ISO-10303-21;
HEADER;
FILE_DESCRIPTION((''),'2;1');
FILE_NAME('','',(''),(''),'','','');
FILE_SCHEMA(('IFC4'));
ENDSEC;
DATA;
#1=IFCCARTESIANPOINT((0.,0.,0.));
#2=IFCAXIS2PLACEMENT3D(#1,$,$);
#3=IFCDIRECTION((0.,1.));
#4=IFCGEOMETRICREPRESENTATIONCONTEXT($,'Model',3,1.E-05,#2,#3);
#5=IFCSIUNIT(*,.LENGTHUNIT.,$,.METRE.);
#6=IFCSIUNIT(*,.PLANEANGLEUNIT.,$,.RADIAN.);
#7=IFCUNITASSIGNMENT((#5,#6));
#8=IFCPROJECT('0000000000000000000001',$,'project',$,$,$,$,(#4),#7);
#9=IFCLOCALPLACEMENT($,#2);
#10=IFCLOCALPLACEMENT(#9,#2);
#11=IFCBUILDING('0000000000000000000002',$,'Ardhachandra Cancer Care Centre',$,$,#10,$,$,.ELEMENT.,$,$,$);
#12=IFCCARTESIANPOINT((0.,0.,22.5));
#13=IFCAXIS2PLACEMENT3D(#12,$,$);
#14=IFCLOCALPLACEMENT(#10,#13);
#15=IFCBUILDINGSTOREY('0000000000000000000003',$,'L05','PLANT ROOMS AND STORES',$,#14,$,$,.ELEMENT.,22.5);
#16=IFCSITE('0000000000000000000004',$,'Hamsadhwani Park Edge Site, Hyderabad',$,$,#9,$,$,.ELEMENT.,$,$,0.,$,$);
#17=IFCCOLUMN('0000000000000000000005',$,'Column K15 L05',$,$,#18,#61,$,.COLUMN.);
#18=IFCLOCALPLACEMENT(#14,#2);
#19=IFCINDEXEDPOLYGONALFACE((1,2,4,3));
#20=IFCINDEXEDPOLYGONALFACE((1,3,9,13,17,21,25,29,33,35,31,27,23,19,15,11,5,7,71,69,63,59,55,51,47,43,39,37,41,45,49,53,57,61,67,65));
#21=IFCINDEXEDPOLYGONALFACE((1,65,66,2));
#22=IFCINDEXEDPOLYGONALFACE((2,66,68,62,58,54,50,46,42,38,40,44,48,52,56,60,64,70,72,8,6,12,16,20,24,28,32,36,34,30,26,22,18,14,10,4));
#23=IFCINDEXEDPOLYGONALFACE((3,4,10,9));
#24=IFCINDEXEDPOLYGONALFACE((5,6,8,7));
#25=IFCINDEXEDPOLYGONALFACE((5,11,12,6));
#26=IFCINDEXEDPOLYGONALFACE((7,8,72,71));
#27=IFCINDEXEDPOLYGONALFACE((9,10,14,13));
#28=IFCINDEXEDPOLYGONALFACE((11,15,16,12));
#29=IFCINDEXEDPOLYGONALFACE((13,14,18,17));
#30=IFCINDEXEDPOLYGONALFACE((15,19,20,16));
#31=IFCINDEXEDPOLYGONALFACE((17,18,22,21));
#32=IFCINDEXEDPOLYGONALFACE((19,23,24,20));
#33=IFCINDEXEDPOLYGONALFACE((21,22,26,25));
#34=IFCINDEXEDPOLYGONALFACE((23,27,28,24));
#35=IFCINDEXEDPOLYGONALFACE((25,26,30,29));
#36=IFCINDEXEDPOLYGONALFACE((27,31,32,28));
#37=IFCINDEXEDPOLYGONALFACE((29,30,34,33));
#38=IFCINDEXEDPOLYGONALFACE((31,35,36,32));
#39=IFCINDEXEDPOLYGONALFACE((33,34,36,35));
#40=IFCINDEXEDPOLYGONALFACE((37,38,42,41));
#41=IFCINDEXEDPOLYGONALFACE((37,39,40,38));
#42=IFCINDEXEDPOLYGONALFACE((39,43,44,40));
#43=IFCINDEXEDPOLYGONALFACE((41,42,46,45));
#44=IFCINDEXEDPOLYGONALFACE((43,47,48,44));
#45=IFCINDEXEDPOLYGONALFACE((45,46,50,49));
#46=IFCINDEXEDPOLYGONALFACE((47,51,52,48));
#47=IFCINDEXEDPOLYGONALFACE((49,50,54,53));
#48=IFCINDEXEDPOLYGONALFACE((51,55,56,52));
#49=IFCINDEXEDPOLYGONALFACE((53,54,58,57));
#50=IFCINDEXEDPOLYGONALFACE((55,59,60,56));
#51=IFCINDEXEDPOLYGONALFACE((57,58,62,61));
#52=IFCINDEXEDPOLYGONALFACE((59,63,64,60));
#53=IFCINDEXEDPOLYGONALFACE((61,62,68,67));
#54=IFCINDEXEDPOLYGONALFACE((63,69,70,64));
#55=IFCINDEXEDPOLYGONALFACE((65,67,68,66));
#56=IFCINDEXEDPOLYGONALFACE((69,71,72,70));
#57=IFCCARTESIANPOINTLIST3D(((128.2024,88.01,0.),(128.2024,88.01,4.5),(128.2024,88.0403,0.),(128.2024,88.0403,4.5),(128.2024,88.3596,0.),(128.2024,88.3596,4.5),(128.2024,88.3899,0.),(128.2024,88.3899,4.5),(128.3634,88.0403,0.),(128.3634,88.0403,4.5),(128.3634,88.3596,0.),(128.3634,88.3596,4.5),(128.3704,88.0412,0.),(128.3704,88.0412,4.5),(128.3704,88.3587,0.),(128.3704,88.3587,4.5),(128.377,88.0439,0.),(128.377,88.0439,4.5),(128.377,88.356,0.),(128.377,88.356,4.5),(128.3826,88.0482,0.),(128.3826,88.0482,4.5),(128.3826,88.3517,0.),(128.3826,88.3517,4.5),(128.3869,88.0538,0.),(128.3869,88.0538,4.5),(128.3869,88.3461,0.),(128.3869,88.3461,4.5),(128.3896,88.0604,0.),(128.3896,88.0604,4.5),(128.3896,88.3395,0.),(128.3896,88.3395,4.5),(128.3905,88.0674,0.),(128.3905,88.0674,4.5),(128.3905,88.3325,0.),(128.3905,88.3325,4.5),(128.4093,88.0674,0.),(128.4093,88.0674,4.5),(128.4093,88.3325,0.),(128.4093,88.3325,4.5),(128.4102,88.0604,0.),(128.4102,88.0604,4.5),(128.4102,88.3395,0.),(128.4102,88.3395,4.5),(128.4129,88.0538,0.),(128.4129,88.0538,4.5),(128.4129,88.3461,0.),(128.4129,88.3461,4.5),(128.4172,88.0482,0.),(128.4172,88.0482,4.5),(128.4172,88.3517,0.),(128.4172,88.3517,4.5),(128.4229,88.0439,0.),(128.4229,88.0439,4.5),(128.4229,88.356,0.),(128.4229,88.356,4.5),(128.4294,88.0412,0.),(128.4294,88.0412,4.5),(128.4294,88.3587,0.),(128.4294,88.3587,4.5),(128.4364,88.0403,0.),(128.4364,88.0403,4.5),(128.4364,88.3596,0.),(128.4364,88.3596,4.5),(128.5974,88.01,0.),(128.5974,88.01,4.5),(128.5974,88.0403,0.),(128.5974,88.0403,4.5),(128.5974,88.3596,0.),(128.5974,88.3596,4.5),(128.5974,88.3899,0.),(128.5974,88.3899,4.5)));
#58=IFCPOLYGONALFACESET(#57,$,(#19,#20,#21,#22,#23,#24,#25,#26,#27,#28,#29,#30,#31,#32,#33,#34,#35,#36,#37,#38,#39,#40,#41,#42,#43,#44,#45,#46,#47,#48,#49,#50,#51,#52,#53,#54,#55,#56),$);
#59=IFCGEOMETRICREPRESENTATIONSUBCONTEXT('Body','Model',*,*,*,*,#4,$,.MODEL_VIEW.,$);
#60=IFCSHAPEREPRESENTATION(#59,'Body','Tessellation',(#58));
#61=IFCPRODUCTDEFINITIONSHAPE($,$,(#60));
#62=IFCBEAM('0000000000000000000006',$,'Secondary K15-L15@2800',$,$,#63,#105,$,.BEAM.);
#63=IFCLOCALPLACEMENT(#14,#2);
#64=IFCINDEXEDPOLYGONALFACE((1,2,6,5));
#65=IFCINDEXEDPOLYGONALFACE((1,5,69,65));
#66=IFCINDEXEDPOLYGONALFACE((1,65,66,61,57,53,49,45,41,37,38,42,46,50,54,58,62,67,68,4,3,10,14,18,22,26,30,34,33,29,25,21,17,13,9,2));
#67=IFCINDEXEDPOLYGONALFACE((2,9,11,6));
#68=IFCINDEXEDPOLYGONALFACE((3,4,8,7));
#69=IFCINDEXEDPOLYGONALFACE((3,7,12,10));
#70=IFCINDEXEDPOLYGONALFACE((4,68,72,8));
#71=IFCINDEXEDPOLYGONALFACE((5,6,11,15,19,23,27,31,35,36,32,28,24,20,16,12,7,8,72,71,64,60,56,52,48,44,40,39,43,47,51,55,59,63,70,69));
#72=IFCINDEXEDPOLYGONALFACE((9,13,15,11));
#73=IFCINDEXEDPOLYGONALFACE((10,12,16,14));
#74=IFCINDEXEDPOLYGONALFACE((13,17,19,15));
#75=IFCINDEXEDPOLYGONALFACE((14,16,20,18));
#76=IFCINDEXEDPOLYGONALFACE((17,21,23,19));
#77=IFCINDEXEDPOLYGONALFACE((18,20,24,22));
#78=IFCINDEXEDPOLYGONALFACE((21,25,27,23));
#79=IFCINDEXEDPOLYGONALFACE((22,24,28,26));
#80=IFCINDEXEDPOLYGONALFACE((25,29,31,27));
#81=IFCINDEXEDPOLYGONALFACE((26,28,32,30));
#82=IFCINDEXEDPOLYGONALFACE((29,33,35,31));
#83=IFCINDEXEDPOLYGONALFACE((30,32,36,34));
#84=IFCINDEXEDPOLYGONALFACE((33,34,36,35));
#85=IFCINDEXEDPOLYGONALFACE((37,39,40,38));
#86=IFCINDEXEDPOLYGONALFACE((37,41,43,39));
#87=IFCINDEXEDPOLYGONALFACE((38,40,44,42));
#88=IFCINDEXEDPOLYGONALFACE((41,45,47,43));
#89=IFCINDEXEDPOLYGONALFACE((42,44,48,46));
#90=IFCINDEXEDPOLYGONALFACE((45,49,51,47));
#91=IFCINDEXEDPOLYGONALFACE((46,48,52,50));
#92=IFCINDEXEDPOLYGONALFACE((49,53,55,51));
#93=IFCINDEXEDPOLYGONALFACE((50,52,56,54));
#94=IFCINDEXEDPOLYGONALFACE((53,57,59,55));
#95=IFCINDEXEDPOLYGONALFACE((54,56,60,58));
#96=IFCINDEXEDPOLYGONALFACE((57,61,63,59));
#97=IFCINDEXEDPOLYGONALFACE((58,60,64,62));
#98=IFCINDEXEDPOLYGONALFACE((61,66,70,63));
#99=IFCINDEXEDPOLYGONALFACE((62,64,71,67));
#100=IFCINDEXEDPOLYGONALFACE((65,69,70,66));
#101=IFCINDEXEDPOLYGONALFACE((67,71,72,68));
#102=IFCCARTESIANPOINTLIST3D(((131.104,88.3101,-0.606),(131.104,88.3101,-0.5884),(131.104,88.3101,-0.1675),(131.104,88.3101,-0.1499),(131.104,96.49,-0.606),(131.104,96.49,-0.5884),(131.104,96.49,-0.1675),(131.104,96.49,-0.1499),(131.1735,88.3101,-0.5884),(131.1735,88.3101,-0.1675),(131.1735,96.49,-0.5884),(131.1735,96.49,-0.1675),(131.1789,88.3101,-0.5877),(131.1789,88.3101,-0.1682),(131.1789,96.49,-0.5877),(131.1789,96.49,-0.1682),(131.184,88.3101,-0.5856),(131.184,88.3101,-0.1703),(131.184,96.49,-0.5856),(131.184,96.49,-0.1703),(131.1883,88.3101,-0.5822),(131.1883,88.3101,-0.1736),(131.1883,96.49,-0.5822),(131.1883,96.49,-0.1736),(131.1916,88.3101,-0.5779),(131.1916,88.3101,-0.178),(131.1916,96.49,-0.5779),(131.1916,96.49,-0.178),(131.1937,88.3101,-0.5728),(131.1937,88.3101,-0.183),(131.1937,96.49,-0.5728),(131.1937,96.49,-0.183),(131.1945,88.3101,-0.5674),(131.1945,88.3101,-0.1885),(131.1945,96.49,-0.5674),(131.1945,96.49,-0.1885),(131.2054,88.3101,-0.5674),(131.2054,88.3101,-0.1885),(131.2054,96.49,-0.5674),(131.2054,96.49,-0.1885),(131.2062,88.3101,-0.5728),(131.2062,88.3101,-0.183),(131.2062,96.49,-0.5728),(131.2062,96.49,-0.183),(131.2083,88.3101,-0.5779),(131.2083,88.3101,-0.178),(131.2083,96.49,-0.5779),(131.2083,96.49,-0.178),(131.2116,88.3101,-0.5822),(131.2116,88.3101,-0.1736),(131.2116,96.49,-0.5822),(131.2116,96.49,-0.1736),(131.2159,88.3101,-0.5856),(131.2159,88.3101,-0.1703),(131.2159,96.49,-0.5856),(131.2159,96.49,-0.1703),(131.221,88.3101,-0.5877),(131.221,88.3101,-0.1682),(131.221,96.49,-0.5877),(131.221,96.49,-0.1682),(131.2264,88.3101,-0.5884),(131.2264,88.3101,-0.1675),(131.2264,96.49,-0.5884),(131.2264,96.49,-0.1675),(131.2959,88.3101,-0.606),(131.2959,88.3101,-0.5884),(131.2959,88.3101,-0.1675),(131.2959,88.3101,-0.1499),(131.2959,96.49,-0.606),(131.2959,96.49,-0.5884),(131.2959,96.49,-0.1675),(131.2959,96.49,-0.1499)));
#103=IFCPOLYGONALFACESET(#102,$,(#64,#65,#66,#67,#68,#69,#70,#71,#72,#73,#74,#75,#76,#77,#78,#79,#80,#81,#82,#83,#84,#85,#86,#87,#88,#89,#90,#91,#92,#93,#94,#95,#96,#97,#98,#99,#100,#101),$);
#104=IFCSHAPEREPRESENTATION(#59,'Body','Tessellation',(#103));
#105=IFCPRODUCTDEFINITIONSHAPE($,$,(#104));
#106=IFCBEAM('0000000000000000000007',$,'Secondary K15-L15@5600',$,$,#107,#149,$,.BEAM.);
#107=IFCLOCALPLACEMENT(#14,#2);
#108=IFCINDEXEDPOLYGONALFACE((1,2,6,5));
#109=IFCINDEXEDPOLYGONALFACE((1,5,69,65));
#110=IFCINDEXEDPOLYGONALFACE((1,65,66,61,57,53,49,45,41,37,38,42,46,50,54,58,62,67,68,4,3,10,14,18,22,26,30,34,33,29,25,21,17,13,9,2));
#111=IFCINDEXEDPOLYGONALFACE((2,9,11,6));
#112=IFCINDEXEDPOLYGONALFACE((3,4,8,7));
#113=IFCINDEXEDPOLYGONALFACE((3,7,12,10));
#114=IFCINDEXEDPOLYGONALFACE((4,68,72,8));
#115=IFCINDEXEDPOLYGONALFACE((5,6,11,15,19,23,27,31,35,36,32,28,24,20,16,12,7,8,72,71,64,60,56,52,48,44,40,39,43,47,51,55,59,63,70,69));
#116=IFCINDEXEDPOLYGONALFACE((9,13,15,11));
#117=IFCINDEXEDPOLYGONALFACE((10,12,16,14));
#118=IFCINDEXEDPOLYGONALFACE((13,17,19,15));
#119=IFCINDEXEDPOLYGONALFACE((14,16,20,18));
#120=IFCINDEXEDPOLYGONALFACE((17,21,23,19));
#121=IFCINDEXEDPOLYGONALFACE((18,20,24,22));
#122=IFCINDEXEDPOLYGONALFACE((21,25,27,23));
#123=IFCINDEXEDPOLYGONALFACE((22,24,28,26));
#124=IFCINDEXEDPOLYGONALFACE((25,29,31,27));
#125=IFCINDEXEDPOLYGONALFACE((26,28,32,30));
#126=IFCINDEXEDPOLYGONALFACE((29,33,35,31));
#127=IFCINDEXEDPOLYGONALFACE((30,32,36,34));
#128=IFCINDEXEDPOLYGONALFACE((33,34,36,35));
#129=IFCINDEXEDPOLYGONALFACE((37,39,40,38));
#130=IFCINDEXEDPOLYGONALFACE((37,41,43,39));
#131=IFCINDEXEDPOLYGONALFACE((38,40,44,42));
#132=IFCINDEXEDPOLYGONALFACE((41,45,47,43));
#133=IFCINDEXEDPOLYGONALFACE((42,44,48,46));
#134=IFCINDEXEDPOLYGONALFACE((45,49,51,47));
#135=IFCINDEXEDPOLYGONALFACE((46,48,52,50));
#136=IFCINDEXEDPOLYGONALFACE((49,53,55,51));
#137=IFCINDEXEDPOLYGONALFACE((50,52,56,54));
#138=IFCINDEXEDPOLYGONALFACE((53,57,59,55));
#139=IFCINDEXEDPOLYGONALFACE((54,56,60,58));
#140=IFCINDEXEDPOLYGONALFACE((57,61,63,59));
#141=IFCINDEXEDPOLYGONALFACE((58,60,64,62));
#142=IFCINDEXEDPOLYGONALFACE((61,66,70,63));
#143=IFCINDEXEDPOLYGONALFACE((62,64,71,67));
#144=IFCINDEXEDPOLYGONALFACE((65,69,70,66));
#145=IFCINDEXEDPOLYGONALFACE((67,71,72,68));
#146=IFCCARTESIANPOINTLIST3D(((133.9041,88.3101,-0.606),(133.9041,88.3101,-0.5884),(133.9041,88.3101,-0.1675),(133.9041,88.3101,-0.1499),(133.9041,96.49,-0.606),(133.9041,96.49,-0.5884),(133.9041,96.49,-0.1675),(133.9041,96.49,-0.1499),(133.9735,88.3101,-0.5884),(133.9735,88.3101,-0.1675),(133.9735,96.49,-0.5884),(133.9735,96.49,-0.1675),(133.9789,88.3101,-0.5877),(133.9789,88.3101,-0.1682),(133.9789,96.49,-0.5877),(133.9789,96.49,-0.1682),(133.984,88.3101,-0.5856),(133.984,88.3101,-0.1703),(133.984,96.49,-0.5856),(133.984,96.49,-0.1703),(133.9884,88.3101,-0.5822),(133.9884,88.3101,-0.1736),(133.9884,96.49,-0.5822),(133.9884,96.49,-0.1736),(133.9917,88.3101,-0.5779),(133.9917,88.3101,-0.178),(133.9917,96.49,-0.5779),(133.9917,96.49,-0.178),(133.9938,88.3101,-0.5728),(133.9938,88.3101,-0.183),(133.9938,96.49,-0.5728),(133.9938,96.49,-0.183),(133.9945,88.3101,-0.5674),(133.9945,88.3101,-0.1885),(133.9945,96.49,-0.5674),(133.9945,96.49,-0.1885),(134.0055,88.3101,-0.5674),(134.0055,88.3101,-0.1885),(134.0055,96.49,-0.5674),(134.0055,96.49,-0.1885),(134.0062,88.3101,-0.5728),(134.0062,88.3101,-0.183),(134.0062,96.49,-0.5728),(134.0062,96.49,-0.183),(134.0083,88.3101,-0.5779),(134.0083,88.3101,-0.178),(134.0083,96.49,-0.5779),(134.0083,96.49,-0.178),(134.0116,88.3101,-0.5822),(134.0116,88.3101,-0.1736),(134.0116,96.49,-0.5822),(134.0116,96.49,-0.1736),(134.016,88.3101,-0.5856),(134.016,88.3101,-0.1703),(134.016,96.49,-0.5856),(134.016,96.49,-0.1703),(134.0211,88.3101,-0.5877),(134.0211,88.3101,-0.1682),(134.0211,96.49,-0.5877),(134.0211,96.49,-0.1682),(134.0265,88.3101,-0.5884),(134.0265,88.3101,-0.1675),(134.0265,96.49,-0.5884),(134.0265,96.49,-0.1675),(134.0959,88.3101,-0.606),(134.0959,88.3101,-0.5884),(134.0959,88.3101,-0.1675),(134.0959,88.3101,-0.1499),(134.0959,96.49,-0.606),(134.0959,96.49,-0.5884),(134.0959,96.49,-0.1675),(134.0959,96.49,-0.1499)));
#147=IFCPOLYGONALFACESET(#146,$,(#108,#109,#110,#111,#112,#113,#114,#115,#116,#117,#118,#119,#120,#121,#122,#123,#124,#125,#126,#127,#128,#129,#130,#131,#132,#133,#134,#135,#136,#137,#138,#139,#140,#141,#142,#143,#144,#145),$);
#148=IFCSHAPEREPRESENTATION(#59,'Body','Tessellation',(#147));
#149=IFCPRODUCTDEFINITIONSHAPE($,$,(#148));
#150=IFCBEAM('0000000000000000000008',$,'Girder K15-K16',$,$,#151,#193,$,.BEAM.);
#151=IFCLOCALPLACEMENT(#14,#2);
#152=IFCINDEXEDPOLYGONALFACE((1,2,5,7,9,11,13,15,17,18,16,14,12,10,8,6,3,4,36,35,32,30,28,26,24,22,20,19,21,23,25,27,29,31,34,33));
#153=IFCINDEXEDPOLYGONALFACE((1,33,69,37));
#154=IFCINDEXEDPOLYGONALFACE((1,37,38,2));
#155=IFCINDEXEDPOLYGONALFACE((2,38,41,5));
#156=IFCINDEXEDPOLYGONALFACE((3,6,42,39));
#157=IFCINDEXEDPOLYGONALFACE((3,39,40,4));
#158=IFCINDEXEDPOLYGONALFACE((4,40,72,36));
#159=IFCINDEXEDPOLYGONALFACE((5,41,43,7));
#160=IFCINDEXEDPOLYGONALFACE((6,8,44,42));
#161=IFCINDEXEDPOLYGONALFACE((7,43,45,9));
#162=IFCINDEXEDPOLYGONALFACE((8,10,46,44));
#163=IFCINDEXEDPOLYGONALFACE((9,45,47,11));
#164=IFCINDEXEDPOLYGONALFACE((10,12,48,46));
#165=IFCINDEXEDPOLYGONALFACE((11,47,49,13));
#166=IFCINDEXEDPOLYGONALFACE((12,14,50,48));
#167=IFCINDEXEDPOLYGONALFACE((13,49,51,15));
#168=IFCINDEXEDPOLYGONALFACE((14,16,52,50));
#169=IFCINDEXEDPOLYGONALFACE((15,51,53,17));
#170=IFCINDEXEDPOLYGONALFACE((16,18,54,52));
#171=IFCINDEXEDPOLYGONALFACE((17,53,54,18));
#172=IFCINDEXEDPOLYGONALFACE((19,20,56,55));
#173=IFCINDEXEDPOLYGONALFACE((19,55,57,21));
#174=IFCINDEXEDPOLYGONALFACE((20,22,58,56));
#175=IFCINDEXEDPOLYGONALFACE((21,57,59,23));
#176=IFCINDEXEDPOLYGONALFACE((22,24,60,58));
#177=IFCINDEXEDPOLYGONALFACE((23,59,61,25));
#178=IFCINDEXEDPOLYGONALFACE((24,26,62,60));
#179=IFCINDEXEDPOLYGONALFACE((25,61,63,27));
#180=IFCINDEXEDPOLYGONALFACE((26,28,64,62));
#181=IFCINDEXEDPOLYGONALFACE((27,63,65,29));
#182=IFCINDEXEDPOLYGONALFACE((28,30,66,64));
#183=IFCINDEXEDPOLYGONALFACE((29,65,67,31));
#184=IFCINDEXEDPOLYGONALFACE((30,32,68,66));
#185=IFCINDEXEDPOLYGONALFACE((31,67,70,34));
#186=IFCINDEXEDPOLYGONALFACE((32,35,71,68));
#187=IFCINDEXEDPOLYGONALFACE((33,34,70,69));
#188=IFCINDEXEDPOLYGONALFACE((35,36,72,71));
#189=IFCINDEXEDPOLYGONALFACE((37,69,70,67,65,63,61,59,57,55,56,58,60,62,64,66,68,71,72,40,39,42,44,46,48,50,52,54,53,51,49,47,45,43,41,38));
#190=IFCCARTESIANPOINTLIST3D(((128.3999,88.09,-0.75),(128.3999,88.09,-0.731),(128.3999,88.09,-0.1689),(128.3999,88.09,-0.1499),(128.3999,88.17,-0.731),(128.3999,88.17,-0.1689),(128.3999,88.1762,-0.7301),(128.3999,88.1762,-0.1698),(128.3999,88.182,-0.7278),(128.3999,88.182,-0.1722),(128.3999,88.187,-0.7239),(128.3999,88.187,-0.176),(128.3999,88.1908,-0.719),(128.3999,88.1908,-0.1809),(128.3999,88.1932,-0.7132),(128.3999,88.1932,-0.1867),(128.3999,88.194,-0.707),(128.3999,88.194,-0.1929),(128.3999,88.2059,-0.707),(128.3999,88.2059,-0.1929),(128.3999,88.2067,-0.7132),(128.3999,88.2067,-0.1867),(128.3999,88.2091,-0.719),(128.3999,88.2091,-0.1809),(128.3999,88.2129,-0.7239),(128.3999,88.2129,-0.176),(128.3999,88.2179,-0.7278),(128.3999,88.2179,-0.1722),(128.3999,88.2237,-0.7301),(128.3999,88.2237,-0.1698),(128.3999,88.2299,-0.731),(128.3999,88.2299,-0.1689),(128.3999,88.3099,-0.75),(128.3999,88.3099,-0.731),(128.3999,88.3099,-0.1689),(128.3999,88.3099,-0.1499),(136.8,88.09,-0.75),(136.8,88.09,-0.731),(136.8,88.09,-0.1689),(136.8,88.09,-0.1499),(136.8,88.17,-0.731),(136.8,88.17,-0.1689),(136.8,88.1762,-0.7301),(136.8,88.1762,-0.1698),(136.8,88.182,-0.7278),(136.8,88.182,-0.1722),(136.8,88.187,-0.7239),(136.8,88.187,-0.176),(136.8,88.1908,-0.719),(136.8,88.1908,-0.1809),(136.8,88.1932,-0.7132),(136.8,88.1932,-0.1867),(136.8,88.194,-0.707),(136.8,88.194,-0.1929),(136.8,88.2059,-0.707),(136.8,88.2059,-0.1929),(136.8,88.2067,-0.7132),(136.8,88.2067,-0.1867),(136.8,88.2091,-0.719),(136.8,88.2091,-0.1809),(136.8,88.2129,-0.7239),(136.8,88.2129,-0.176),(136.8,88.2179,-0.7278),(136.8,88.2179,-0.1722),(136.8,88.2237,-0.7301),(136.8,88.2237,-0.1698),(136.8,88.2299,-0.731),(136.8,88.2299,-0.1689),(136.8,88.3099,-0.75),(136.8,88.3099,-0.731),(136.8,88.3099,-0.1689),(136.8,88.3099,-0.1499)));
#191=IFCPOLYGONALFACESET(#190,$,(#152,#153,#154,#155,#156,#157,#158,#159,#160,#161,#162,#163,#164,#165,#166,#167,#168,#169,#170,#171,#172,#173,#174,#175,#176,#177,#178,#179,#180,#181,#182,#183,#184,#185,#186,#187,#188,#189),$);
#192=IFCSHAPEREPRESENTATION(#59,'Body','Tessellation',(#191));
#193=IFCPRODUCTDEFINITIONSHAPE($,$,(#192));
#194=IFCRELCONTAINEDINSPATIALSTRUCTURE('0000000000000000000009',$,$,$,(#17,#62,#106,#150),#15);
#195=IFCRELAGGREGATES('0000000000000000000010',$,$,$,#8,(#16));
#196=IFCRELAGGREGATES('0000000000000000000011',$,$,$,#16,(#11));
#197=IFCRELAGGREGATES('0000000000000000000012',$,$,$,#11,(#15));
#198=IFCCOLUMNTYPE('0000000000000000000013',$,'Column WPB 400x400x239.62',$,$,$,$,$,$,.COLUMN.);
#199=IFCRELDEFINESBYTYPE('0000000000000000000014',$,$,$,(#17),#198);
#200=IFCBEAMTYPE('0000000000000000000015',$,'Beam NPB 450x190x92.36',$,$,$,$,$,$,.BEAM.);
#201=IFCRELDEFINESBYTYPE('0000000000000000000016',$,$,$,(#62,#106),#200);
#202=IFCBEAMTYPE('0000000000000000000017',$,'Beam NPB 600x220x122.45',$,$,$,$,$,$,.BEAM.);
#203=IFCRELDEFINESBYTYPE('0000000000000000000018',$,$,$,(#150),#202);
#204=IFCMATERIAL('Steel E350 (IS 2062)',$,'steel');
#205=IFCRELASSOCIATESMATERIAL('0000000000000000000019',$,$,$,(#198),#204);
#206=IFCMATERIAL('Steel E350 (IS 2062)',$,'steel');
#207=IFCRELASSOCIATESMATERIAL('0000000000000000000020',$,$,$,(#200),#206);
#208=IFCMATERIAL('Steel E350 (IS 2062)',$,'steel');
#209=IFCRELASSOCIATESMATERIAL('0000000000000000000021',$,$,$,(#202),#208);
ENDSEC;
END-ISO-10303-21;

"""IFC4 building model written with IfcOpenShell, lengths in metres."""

from ifc_helpers import new_model, si_unit, direction, frame, origin, origin_2d, place, context, subcontext, project, spatial, i_section, extrude, material, material_profile, profile_set, type_object, element, save


model = new_model("IFC4")

# Units and contexts
model_context = context("Model", 3, precision=1e-05, world=origin(), true_north=direction((0.0, 1.0)))
body_context = subcontext(model_context, "Body", "Model", "MODEL_VIEW")
ifc_project = project(units=[si_unit("LENGTHUNIT", "METRE"), si_unit("PLANEANGLEUNIT", "RADIAN")], contexts=[model_context])

# Site, building, storey
site_placement = place(None, origin())
site = spatial("IfcSite", under=ifc_project, at=site_placement, Name="Hamsadhwani Park Edge Site, Hyderabad", CompositionType="ELEMENT", RefElevation=0.0)
building_placement = place(site_placement, origin())
building = spatial("IfcBuilding", under=site, at=building_placement, Name="Ardhachandra Cancer Care Centre", CompositionType="ELEMENT")
storey_placement = place(building_placement, frame((0.0, 0.0, 22.5)))
storey = spatial("IfcBuildingStorey", under=building, at=storey_placement, Name="L05", Description="PLANT ROOMS AND STORES", CompositionType="ELEMENT", Elevation=22.5)

# Column
ifc_material_1 = material(Name="Steel E350 (IS 2062)", Category="steel")
ifc_material_profile_1 = material_profile(ifc_material_1, i_section(OverallWidth=0.395, OverallDepth=0.3799, WebThickness=0.0188, FlangeThickness=0.0303, FilletRadius=0.0271, at=origin_2d()), Name="WPB 400x400x239.62")
ifc_profile_set_1 = profile_set([ifc_material_profile_1], Name="Steel E350 (IS 2062)")
column_type = type_object("IfcColumnType", Name="Column WPB 400x400x239.62", PredefinedType="COLUMN", material=ifc_profile_set_1)
column_placement = place(storey_placement, frame((128.3999, 88.2, 0.0), z_axis=(0.0, 0.0, 1.0), x_axis=(1.0, 0.0, 0.0)))
element("IfcColumn", 1, at=column_placement, inside=storey, type_object=column_type, Name="Column K15 L05", PredefinedType="COLUMN", context=body_context, shape_type="SweptSolid", body=[
    extrude(i_section(OverallWidth=0.395, OverallDepth=0.3799, WebThickness=0.0188, FlangeThickness=0.0303, FilletRadius=0.0271, at=origin_2d()), origin(), (0.0, 0.0, 1.0), 4.5),
])

# Beams
ifc_material_2 = material(Name="Steel E350 (IS 2062)", Category="steel")
ifc_material_profile_2 = material_profile(ifc_material_2, i_section(OverallWidth=0.1919, OverallDepth=0.4561, WebThickness=0.011, FlangeThickness=0.0176, FilletRadius=0.021, at=origin_2d()), Name="NPB 450x190x92.36")
ifc_profile_set_2 = profile_set([ifc_material_profile_2], Name="Steel E350 (IS 2062)")
beam_type_1 = type_object("IfcBeamType", Name="Beam NPB 450x190x92.36", PredefinedType="BEAM", material=ifc_profile_set_2)
for number, where, z_axis, x_axis, name in (
    (2, (131.2, 88.3101, -0.3779), (0.0, 1.0, 0.0), (-1.0, 0.0, 0.0), "Secondary K15-L15@2800"),
    (3, (134.0, 88.3101, -0.3779), (0.0, 1.0, 0.0), (-1.0, 0.0, 0.0), "Secondary K15-L15@5600"),
):
    element("IfcBeam", number, at=place(storey_placement, frame(where, z_axis=z_axis, x_axis=x_axis)), inside=storey, type_object=beam_type_1, Name=name, PredefinedType="BEAM", context=body_context, shape_type="SweptSolid", body=[
        extrude(i_section(OverallWidth=0.1919, OverallDepth=0.4561, WebThickness=0.011, FlangeThickness=0.0176, FilletRadius=0.021, at=origin_2d()), origin(), (0.0, 0.0, 1.0), 8.1799),
    ])
ifc_material_3 = material(Name="Steel E350 (IS 2062)", Category="steel")
ifc_material_profile_3 = material_profile(ifc_material_3, i_section(OverallWidth=0.22, OverallDepth=0.6001, WebThickness=0.012, FlangeThickness=0.019, FilletRadius=0.0239, at=origin_2d()), Name="NPB 600x220x122.45")
ifc_profile_set_3 = profile_set([ifc_material_profile_3], Name="Steel E350 (IS 2062)")
beam_type_2 = type_object("IfcBeamType", Name="Beam NPB 600x220x122.45", PredefinedType="BEAM", material=ifc_profile_set_3)
for number, where, z_axis, x_axis, name in (
    (4, (128.3999, 88.2, -0.45), (1.0, 0.0, 0.0), (0.0, 1.0, 0.0), "Girder K15-K16"),
):
    element("IfcBeam", number, at=place(storey_placement, frame(where, z_axis=z_axis, x_axis=x_axis)), inside=storey, type_object=beam_type_2, Name=name, PredefinedType="BEAM", context=body_context, shape_type="SweptSolid", body=[
        extrude(i_section(OverallWidth=0.22, OverallDepth=0.6001, WebThickness=0.012, FlangeThickness=0.019, FilletRadius=0.0239, at=origin_2d()), origin(), (0.0, 0.0, 1.0), 8.4001),
    ])

save(model, "model.ifc")
